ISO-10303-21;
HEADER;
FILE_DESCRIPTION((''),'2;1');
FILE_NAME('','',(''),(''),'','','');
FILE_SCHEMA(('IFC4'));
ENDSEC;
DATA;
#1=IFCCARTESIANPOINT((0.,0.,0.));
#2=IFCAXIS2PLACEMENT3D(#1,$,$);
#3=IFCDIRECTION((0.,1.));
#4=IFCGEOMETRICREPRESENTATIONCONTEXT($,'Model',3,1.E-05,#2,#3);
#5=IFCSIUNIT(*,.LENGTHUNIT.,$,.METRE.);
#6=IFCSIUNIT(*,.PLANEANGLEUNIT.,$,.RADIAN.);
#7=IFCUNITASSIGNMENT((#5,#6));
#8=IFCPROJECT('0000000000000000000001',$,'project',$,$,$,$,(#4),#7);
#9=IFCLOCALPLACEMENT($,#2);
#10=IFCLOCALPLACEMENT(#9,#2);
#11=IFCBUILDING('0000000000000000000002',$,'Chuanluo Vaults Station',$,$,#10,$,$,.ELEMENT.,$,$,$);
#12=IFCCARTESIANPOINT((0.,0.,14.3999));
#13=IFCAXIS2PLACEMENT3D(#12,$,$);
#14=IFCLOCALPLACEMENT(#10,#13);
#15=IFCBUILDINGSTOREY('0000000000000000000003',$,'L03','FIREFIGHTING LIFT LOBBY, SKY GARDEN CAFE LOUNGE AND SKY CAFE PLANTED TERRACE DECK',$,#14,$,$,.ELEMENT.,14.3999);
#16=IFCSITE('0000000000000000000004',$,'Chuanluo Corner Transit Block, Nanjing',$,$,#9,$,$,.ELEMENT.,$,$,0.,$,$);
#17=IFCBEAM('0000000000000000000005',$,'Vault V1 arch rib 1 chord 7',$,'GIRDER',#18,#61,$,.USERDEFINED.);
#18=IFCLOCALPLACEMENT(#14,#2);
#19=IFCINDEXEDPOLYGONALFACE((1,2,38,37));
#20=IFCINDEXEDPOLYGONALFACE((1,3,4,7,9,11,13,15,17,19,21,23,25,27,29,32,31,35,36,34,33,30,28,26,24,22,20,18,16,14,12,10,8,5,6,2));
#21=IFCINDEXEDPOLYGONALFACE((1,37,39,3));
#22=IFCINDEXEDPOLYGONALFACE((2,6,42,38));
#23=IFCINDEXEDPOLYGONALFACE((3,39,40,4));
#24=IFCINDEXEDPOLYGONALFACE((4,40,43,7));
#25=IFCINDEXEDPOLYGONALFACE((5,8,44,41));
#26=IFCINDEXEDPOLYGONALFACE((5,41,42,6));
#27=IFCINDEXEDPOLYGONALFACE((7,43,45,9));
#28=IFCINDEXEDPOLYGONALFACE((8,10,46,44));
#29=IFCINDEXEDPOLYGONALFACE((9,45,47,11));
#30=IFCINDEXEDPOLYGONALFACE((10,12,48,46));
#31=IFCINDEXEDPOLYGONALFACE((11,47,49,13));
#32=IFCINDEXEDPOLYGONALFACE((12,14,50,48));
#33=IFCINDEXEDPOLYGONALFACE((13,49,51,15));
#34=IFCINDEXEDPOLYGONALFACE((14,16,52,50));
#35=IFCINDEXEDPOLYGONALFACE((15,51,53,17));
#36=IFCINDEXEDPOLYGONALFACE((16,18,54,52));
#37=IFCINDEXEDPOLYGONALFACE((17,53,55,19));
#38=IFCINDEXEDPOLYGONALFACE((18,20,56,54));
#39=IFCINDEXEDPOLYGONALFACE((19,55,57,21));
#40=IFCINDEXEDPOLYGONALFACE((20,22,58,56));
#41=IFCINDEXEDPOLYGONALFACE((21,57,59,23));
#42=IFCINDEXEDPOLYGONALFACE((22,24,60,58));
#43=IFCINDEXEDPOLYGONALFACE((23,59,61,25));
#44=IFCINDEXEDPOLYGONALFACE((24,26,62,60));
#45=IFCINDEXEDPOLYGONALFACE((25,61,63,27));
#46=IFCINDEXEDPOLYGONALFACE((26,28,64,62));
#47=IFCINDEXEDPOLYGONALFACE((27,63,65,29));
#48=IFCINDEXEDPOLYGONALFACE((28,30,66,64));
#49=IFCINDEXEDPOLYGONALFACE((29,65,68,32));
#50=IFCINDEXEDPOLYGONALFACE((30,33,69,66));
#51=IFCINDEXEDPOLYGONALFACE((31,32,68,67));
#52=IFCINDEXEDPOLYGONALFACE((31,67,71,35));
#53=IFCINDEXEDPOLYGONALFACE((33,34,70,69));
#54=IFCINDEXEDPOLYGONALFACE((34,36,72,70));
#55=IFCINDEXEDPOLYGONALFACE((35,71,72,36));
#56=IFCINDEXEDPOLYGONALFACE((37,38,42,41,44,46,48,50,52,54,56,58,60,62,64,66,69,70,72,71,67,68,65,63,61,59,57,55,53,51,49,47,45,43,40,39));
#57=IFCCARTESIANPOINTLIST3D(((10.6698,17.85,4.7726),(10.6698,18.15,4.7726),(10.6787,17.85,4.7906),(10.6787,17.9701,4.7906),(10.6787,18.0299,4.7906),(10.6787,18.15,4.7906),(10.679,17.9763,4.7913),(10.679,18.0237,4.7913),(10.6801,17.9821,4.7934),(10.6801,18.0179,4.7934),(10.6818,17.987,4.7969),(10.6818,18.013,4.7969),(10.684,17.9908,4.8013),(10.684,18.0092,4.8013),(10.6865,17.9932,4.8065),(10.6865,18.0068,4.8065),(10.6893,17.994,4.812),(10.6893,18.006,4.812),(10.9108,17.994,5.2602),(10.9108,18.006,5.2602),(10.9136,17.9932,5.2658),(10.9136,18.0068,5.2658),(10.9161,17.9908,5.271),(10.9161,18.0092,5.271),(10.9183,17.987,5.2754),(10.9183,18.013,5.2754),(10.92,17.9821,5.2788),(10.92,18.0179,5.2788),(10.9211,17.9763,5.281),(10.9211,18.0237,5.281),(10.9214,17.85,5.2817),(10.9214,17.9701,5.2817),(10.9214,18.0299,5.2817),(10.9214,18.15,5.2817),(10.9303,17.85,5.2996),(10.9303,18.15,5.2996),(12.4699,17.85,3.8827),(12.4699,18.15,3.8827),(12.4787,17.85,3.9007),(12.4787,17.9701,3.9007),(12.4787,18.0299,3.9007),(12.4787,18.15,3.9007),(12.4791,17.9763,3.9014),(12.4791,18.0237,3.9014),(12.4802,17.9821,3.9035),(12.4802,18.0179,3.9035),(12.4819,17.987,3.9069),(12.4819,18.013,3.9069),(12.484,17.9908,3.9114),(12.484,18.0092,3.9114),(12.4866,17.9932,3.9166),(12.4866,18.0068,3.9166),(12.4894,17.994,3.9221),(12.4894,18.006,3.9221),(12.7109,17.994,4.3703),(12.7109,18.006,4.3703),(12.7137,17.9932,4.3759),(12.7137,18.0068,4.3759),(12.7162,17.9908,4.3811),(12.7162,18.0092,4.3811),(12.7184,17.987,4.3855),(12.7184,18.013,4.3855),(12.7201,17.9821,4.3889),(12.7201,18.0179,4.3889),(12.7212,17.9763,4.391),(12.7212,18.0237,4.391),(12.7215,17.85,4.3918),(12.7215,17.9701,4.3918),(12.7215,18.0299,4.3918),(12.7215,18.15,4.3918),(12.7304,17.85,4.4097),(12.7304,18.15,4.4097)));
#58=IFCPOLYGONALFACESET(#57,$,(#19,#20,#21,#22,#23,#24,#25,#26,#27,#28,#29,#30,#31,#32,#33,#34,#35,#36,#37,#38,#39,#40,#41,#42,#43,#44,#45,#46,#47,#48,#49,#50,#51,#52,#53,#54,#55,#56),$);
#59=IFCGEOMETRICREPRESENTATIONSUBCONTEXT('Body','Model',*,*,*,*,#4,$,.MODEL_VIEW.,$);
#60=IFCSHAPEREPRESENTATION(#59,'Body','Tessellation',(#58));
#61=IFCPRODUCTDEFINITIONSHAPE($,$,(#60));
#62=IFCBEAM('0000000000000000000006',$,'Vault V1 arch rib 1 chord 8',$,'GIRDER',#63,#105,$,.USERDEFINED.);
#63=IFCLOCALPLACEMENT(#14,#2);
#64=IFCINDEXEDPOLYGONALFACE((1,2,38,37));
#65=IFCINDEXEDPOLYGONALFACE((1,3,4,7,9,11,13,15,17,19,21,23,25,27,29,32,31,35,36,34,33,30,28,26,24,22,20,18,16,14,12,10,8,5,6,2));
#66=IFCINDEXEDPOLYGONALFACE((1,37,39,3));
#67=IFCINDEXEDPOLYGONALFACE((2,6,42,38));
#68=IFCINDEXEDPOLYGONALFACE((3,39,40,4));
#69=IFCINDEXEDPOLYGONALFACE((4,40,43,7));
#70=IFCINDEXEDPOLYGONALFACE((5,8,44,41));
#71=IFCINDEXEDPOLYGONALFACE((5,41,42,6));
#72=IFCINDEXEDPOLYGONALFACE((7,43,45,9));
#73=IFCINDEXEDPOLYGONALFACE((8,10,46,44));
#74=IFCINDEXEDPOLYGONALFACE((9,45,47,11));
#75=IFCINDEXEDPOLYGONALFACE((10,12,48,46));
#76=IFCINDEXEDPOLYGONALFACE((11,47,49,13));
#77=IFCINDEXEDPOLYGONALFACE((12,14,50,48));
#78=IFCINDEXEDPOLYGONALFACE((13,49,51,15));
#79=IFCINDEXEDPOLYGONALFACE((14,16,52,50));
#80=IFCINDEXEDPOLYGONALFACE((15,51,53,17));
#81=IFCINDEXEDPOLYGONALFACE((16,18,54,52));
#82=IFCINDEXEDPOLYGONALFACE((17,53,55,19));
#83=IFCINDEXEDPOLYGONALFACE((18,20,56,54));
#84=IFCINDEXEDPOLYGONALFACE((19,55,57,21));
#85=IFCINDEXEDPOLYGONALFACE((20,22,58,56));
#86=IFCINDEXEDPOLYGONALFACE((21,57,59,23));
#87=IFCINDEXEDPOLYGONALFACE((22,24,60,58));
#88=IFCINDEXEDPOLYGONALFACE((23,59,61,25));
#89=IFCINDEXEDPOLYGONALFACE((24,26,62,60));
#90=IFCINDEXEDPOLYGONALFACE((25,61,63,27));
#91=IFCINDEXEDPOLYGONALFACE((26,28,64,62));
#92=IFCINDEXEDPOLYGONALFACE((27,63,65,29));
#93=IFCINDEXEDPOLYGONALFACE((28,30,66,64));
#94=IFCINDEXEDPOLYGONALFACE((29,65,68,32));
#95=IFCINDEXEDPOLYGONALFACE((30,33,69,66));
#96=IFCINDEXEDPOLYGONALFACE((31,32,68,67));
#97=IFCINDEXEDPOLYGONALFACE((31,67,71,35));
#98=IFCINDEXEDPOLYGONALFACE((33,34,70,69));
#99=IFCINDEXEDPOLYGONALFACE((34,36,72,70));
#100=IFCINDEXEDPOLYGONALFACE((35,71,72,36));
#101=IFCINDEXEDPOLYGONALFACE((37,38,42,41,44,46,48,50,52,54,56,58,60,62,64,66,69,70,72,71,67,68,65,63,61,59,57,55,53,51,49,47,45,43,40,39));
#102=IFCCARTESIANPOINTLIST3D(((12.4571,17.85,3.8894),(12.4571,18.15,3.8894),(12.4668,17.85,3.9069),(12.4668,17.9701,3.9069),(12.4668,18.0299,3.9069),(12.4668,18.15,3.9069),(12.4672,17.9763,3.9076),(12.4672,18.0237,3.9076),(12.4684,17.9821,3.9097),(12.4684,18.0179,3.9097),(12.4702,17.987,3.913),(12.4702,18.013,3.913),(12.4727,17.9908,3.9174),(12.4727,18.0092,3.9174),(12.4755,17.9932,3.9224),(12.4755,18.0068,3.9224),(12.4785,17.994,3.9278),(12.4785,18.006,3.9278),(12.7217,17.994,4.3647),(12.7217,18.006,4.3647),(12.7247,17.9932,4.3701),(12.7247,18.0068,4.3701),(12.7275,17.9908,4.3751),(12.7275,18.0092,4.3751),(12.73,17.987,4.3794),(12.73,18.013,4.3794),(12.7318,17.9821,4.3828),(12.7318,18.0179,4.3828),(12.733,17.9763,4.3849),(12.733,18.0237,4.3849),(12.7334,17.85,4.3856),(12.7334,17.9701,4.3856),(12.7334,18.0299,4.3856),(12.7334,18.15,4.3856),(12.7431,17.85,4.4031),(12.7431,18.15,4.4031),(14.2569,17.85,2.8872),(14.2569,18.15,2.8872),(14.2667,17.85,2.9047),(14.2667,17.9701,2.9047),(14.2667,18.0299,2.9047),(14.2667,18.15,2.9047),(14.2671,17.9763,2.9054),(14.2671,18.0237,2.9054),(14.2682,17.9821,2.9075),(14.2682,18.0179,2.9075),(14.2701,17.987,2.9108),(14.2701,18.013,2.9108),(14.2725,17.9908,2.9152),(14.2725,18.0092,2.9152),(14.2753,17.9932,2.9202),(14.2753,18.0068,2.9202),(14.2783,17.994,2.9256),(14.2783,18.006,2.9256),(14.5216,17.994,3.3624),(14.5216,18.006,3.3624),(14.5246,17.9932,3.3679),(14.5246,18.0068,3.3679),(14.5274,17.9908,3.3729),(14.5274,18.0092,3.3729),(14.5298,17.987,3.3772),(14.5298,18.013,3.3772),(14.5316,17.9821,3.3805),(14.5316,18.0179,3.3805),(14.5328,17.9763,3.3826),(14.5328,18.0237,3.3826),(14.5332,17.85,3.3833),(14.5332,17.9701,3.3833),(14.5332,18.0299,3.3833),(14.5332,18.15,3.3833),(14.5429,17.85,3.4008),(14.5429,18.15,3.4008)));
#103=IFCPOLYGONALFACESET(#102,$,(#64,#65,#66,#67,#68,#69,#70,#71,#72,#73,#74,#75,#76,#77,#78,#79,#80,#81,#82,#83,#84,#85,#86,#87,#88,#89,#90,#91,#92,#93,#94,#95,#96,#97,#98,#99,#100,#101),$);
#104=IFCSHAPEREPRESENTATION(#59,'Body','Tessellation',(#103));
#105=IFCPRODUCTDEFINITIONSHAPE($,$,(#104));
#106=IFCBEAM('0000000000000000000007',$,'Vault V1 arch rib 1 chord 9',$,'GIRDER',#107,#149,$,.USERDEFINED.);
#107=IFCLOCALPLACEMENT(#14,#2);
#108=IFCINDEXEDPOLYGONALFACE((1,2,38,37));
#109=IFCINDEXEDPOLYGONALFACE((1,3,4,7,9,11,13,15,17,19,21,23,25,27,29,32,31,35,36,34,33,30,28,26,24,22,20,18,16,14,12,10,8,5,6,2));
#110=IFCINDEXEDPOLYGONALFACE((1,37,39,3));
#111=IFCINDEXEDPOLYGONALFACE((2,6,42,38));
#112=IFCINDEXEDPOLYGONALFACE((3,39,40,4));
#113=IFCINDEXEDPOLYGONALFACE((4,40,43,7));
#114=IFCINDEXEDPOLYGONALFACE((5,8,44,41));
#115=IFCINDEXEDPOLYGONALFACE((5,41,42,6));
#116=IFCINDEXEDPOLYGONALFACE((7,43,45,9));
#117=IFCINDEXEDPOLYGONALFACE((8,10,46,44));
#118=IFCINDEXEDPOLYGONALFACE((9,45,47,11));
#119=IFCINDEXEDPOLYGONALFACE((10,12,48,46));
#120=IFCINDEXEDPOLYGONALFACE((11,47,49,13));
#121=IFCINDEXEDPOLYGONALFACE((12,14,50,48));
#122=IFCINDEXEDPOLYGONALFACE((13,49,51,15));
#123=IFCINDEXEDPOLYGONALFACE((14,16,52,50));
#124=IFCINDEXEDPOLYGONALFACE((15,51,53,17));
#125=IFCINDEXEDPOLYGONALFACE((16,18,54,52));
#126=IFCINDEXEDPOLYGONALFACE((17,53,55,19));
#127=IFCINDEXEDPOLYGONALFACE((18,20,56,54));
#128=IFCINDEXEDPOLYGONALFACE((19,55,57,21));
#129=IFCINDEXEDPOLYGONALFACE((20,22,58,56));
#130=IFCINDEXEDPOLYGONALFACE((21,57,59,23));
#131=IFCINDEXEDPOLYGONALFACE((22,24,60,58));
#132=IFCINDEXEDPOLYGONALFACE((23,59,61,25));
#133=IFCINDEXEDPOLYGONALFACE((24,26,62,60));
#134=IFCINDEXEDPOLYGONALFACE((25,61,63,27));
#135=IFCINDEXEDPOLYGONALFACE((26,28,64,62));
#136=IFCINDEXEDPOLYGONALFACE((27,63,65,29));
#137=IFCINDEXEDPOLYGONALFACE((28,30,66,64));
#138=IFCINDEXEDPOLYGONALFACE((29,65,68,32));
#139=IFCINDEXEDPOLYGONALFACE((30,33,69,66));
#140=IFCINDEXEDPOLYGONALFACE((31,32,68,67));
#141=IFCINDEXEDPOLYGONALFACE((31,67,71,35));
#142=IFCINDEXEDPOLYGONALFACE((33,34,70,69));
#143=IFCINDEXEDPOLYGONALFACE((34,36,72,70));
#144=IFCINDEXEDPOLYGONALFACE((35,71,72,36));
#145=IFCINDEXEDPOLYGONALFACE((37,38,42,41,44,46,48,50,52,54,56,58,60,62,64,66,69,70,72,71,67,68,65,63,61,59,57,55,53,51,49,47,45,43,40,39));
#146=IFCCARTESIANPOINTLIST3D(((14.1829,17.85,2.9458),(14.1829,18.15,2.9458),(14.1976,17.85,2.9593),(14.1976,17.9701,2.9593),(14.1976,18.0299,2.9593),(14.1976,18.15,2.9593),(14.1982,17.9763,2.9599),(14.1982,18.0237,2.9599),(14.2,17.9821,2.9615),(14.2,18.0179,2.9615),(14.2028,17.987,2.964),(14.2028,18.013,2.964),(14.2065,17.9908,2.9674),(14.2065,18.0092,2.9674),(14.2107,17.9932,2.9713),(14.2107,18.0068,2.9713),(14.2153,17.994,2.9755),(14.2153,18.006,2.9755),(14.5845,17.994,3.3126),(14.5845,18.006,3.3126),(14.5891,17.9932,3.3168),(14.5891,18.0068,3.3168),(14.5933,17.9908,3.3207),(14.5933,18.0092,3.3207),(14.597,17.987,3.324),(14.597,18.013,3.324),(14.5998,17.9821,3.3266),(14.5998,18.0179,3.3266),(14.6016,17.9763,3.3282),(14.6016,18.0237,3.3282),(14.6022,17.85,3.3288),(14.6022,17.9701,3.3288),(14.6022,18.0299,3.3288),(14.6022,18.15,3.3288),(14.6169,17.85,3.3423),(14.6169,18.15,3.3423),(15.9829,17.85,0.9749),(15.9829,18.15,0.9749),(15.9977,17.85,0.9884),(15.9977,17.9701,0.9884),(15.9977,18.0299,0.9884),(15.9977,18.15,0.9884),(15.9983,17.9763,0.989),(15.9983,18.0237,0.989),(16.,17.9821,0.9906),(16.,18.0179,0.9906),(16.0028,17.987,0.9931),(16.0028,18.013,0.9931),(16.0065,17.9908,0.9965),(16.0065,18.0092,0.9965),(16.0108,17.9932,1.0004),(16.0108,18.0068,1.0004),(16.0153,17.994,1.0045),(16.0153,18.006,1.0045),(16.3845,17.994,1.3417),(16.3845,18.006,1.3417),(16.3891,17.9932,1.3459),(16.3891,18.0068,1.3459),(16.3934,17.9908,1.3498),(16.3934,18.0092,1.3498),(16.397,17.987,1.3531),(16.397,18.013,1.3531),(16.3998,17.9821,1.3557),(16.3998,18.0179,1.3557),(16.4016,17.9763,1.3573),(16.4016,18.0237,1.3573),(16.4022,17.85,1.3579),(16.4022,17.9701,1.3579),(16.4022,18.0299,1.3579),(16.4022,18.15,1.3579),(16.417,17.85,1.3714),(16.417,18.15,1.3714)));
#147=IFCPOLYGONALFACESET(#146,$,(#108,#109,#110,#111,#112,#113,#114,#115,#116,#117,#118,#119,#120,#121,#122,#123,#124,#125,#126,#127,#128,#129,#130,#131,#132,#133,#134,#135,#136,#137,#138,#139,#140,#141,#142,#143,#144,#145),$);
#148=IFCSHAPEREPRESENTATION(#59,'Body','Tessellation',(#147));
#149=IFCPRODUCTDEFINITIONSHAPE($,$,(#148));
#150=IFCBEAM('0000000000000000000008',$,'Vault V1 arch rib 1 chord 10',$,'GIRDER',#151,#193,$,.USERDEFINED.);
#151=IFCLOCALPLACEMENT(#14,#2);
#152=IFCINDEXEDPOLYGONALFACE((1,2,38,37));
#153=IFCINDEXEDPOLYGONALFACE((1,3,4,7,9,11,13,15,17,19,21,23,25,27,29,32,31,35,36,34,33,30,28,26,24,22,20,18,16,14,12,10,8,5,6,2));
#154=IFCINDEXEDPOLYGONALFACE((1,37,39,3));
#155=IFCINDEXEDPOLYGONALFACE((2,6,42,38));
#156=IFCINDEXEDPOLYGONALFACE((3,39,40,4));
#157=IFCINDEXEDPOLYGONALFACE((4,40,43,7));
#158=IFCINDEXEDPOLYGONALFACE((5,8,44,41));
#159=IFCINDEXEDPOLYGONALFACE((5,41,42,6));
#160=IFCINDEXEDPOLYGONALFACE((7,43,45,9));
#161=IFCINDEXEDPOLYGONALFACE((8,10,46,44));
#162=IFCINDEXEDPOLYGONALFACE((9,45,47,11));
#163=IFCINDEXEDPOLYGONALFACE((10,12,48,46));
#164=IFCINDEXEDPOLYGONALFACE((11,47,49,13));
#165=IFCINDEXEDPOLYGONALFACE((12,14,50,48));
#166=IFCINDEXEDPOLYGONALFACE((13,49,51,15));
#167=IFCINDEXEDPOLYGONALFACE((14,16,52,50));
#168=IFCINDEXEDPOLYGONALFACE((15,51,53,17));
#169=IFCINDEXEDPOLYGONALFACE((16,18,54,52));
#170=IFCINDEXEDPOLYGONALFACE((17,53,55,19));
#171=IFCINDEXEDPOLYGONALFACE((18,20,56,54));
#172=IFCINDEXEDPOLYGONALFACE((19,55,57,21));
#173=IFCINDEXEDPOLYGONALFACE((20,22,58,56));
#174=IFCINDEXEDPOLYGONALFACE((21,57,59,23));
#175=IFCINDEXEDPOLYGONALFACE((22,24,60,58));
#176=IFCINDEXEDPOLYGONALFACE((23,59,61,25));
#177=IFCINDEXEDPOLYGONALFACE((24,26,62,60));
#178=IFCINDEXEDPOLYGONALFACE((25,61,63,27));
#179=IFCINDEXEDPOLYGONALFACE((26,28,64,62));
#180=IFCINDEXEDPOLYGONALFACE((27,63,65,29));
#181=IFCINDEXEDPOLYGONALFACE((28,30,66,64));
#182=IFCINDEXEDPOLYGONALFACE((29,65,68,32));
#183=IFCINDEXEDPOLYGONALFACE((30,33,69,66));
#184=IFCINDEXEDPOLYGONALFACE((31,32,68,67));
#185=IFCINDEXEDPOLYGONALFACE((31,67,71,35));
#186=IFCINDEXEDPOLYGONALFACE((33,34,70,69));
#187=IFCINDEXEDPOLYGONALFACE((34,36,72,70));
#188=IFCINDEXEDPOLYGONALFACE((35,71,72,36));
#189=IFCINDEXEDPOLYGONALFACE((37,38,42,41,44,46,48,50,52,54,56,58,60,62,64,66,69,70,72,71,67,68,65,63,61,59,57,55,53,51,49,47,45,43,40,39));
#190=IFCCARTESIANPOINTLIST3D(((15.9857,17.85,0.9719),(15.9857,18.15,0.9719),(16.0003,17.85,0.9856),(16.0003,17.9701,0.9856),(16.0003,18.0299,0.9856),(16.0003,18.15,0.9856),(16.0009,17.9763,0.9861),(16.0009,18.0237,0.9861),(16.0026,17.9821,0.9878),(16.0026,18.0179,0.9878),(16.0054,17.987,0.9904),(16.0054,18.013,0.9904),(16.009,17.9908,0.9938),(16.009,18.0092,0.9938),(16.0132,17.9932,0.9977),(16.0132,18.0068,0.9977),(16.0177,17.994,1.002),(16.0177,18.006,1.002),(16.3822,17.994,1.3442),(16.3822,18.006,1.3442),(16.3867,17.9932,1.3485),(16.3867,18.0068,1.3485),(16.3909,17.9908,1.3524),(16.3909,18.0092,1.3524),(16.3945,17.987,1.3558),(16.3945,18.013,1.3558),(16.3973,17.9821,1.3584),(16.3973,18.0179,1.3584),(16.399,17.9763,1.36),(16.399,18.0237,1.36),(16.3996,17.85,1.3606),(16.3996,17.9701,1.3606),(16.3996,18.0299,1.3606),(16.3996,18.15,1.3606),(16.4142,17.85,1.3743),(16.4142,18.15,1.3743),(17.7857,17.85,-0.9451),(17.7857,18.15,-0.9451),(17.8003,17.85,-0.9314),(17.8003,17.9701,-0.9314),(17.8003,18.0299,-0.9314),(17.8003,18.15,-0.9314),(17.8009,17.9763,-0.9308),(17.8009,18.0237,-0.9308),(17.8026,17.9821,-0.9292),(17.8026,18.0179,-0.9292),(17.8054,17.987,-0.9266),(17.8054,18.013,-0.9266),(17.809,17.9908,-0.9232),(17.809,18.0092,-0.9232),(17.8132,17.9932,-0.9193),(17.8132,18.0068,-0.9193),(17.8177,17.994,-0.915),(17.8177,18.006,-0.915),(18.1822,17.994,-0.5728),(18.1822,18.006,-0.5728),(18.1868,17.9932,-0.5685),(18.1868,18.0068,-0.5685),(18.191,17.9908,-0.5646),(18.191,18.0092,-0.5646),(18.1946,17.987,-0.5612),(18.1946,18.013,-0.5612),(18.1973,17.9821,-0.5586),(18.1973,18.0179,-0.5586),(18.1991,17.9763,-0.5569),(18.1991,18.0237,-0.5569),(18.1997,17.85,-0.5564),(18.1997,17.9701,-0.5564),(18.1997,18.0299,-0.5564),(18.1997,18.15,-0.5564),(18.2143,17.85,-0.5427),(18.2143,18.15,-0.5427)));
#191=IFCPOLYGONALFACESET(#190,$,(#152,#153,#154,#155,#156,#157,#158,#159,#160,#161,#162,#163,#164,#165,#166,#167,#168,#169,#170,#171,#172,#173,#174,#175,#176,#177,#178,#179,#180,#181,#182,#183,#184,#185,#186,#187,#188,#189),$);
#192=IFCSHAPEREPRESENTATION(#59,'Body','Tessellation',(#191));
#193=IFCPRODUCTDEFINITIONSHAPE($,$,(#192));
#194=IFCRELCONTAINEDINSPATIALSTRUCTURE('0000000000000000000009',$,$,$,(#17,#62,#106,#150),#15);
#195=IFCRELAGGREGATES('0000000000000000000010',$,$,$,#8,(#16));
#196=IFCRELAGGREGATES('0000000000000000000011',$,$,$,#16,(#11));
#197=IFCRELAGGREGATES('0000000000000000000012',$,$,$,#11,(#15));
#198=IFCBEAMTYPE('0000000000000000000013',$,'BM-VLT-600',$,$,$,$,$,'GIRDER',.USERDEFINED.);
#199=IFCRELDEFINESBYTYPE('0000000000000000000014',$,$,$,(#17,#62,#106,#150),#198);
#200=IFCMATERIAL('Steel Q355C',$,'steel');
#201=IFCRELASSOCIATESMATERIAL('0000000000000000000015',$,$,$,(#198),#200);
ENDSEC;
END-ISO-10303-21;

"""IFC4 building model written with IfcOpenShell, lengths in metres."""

from ifc_helpers import new_model, si_unit, direction, frame, origin, origin_2d, place, context, subcontext, project, spatial, i_section, extrude, material, material_profile, profile_set, type_object, element, save


model = new_model("IFC4")

# Units and contexts
model_context = context("Model", 3, precision=1e-05, world=origin(), true_north=direction((0.0, 1.0)))
body_context = subcontext(model_context, "Body", "Model", "MODEL_VIEW")
ifc_project = project(units=[si_unit("LENGTHUNIT", "METRE"), si_unit("PLANEANGLEUNIT", "RADIAN")], contexts=[model_context])

# Site, building, storey
site_placement = place(None, origin())
site = spatial("IfcSite", under=ifc_project, at=site_placement, Name="Chuanluo Corner Transit Block, Nanjing", CompositionType="ELEMENT", RefElevation=0.0)
building_placement = place(site_placement, origin())
building = spatial("IfcBuilding", under=site, at=building_placement, Name="Chuanluo Vaults Station", CompositionType="ELEMENT")
storey_placement = place(building_placement, frame((0.0, 0.0, 14.3999)))
storey = spatial("IfcBuildingStorey", under=building, at=storey_placement, Name="L03", Description="FIREFIGHTING LIFT LOBBY, SKY GARDEN CAFE LOUNGE AND SKY CAFE PLANTED TERRACE DECK", CompositionType="ELEMENT", Elevation=14.3999)

# Beams
ifc_material_1 = material(Name="Steel Q355C", Category="steel")
ifc_material_profile_1 = material_profile(ifc_material_1, i_section(OverallWidth=0.3, OverallDepth=0.5879, WebThickness=0.012, FlangeThickness=0.02, FilletRadius=0.0239, at=origin_2d()))
ifc_profile_set_1 = profile_set([ifc_material_profile_1], Name="Steel Q355C")
beam_type = type_object("IfcBeamType", Name="BM-VLT-600", ElementType="GIRDER", PredefinedType="USERDEFINED", material=ifc_profile_set_1)
beam_1_placement = place(storey_placement, frame((10.8, 18.0, 5.0361), z_axis=(0.896436, 0.0, -0.443172), x_axis=(0.0, 1.0, 0.0)))
element("IfcBeam", 1, at=beam_1_placement, inside=storey, type_object=beam_type, Name="Vault V1 arch rib 1 chord 7", ObjectType="GIRDER", PredefinedType="USERDEFINED", context=body_context, shape_type="SweptSolid", body=[
    extrude(i_section(OverallWidth=0.3, OverallDepth=0.5879, WebThickness=0.012, FlangeThickness=0.02, FilletRadius=0.0239, at=origin_2d()), origin(), (0.0, 0.0, 1.0), 2.0081),
])
beam_2_placement = place(storey_placement, frame((12.6001, 18.0, 4.1462), z_axis=(0.873682, 0.0, -0.486498), x_axis=(0.0, 1.0, 0.0)))
element("IfcBeam", 2, at=beam_2_placement, inside=storey, type_object=beam_type, Name="Vault V1 arch rib 1 chord 8", ObjectType="GIRDER", PredefinedType="USERDEFINED", context=body_context, shape_type="SweptSolid", body=[
    extrude(i_section(OverallWidth=0.3, OverallDepth=0.5879, WebThickness=0.012, FlangeThickness=0.02, FilletRadius=0.0239, at=origin_2d()), origin(), (0.0, 0.0, 1.0), 2.0601),
])
beam_3_placement = place(storey_placement, frame((14.3999, 18.0, 3.144), z_axis=(0.674369, 0.0, -0.738394), x_axis=(0.0, 1.0, 0.0)))
element("IfcBeam", 3, at=beam_3_placement, inside=storey, type_object=beam_type, Name="Vault V1 arch rib 1 chord 9", ObjectType="GIRDER", PredefinedType="USERDEFINED", context=body_context, shape_type="SweptSolid", body=[
    extrude(i_section(OverallWidth=0.3, OverallDepth=0.5879, WebThickness=0.012, FlangeThickness=0.02, FilletRadius=0.0239, at=origin_2d()), origin(), (0.0, 0.0, 1.0), 2.6692),
])
beam_4_placement = place(storey_placement, frame((16.2, 18.0, 1.1731), z_axis=(0.684522, 0.0, -0.728993), x_axis=(0.0, 1.0, 0.0)))
element("IfcBeam", 4, at=beam_4_placement, inside=storey, type_object=beam_type, Name="Vault V1 arch rib 1 chord 10", ObjectType="GIRDER", PredefinedType="USERDEFINED", context=body_context, shape_type="SweptSolid", body=[
    extrude(i_section(OverallWidth=0.3, OverallDepth=0.5879, WebThickness=0.012, FlangeThickness=0.02, FilletRadius=0.0239, at=origin_2d()), origin(), (0.0, 0.0, 1.0), 2.6296),
])

save(model, "model.ifc")
